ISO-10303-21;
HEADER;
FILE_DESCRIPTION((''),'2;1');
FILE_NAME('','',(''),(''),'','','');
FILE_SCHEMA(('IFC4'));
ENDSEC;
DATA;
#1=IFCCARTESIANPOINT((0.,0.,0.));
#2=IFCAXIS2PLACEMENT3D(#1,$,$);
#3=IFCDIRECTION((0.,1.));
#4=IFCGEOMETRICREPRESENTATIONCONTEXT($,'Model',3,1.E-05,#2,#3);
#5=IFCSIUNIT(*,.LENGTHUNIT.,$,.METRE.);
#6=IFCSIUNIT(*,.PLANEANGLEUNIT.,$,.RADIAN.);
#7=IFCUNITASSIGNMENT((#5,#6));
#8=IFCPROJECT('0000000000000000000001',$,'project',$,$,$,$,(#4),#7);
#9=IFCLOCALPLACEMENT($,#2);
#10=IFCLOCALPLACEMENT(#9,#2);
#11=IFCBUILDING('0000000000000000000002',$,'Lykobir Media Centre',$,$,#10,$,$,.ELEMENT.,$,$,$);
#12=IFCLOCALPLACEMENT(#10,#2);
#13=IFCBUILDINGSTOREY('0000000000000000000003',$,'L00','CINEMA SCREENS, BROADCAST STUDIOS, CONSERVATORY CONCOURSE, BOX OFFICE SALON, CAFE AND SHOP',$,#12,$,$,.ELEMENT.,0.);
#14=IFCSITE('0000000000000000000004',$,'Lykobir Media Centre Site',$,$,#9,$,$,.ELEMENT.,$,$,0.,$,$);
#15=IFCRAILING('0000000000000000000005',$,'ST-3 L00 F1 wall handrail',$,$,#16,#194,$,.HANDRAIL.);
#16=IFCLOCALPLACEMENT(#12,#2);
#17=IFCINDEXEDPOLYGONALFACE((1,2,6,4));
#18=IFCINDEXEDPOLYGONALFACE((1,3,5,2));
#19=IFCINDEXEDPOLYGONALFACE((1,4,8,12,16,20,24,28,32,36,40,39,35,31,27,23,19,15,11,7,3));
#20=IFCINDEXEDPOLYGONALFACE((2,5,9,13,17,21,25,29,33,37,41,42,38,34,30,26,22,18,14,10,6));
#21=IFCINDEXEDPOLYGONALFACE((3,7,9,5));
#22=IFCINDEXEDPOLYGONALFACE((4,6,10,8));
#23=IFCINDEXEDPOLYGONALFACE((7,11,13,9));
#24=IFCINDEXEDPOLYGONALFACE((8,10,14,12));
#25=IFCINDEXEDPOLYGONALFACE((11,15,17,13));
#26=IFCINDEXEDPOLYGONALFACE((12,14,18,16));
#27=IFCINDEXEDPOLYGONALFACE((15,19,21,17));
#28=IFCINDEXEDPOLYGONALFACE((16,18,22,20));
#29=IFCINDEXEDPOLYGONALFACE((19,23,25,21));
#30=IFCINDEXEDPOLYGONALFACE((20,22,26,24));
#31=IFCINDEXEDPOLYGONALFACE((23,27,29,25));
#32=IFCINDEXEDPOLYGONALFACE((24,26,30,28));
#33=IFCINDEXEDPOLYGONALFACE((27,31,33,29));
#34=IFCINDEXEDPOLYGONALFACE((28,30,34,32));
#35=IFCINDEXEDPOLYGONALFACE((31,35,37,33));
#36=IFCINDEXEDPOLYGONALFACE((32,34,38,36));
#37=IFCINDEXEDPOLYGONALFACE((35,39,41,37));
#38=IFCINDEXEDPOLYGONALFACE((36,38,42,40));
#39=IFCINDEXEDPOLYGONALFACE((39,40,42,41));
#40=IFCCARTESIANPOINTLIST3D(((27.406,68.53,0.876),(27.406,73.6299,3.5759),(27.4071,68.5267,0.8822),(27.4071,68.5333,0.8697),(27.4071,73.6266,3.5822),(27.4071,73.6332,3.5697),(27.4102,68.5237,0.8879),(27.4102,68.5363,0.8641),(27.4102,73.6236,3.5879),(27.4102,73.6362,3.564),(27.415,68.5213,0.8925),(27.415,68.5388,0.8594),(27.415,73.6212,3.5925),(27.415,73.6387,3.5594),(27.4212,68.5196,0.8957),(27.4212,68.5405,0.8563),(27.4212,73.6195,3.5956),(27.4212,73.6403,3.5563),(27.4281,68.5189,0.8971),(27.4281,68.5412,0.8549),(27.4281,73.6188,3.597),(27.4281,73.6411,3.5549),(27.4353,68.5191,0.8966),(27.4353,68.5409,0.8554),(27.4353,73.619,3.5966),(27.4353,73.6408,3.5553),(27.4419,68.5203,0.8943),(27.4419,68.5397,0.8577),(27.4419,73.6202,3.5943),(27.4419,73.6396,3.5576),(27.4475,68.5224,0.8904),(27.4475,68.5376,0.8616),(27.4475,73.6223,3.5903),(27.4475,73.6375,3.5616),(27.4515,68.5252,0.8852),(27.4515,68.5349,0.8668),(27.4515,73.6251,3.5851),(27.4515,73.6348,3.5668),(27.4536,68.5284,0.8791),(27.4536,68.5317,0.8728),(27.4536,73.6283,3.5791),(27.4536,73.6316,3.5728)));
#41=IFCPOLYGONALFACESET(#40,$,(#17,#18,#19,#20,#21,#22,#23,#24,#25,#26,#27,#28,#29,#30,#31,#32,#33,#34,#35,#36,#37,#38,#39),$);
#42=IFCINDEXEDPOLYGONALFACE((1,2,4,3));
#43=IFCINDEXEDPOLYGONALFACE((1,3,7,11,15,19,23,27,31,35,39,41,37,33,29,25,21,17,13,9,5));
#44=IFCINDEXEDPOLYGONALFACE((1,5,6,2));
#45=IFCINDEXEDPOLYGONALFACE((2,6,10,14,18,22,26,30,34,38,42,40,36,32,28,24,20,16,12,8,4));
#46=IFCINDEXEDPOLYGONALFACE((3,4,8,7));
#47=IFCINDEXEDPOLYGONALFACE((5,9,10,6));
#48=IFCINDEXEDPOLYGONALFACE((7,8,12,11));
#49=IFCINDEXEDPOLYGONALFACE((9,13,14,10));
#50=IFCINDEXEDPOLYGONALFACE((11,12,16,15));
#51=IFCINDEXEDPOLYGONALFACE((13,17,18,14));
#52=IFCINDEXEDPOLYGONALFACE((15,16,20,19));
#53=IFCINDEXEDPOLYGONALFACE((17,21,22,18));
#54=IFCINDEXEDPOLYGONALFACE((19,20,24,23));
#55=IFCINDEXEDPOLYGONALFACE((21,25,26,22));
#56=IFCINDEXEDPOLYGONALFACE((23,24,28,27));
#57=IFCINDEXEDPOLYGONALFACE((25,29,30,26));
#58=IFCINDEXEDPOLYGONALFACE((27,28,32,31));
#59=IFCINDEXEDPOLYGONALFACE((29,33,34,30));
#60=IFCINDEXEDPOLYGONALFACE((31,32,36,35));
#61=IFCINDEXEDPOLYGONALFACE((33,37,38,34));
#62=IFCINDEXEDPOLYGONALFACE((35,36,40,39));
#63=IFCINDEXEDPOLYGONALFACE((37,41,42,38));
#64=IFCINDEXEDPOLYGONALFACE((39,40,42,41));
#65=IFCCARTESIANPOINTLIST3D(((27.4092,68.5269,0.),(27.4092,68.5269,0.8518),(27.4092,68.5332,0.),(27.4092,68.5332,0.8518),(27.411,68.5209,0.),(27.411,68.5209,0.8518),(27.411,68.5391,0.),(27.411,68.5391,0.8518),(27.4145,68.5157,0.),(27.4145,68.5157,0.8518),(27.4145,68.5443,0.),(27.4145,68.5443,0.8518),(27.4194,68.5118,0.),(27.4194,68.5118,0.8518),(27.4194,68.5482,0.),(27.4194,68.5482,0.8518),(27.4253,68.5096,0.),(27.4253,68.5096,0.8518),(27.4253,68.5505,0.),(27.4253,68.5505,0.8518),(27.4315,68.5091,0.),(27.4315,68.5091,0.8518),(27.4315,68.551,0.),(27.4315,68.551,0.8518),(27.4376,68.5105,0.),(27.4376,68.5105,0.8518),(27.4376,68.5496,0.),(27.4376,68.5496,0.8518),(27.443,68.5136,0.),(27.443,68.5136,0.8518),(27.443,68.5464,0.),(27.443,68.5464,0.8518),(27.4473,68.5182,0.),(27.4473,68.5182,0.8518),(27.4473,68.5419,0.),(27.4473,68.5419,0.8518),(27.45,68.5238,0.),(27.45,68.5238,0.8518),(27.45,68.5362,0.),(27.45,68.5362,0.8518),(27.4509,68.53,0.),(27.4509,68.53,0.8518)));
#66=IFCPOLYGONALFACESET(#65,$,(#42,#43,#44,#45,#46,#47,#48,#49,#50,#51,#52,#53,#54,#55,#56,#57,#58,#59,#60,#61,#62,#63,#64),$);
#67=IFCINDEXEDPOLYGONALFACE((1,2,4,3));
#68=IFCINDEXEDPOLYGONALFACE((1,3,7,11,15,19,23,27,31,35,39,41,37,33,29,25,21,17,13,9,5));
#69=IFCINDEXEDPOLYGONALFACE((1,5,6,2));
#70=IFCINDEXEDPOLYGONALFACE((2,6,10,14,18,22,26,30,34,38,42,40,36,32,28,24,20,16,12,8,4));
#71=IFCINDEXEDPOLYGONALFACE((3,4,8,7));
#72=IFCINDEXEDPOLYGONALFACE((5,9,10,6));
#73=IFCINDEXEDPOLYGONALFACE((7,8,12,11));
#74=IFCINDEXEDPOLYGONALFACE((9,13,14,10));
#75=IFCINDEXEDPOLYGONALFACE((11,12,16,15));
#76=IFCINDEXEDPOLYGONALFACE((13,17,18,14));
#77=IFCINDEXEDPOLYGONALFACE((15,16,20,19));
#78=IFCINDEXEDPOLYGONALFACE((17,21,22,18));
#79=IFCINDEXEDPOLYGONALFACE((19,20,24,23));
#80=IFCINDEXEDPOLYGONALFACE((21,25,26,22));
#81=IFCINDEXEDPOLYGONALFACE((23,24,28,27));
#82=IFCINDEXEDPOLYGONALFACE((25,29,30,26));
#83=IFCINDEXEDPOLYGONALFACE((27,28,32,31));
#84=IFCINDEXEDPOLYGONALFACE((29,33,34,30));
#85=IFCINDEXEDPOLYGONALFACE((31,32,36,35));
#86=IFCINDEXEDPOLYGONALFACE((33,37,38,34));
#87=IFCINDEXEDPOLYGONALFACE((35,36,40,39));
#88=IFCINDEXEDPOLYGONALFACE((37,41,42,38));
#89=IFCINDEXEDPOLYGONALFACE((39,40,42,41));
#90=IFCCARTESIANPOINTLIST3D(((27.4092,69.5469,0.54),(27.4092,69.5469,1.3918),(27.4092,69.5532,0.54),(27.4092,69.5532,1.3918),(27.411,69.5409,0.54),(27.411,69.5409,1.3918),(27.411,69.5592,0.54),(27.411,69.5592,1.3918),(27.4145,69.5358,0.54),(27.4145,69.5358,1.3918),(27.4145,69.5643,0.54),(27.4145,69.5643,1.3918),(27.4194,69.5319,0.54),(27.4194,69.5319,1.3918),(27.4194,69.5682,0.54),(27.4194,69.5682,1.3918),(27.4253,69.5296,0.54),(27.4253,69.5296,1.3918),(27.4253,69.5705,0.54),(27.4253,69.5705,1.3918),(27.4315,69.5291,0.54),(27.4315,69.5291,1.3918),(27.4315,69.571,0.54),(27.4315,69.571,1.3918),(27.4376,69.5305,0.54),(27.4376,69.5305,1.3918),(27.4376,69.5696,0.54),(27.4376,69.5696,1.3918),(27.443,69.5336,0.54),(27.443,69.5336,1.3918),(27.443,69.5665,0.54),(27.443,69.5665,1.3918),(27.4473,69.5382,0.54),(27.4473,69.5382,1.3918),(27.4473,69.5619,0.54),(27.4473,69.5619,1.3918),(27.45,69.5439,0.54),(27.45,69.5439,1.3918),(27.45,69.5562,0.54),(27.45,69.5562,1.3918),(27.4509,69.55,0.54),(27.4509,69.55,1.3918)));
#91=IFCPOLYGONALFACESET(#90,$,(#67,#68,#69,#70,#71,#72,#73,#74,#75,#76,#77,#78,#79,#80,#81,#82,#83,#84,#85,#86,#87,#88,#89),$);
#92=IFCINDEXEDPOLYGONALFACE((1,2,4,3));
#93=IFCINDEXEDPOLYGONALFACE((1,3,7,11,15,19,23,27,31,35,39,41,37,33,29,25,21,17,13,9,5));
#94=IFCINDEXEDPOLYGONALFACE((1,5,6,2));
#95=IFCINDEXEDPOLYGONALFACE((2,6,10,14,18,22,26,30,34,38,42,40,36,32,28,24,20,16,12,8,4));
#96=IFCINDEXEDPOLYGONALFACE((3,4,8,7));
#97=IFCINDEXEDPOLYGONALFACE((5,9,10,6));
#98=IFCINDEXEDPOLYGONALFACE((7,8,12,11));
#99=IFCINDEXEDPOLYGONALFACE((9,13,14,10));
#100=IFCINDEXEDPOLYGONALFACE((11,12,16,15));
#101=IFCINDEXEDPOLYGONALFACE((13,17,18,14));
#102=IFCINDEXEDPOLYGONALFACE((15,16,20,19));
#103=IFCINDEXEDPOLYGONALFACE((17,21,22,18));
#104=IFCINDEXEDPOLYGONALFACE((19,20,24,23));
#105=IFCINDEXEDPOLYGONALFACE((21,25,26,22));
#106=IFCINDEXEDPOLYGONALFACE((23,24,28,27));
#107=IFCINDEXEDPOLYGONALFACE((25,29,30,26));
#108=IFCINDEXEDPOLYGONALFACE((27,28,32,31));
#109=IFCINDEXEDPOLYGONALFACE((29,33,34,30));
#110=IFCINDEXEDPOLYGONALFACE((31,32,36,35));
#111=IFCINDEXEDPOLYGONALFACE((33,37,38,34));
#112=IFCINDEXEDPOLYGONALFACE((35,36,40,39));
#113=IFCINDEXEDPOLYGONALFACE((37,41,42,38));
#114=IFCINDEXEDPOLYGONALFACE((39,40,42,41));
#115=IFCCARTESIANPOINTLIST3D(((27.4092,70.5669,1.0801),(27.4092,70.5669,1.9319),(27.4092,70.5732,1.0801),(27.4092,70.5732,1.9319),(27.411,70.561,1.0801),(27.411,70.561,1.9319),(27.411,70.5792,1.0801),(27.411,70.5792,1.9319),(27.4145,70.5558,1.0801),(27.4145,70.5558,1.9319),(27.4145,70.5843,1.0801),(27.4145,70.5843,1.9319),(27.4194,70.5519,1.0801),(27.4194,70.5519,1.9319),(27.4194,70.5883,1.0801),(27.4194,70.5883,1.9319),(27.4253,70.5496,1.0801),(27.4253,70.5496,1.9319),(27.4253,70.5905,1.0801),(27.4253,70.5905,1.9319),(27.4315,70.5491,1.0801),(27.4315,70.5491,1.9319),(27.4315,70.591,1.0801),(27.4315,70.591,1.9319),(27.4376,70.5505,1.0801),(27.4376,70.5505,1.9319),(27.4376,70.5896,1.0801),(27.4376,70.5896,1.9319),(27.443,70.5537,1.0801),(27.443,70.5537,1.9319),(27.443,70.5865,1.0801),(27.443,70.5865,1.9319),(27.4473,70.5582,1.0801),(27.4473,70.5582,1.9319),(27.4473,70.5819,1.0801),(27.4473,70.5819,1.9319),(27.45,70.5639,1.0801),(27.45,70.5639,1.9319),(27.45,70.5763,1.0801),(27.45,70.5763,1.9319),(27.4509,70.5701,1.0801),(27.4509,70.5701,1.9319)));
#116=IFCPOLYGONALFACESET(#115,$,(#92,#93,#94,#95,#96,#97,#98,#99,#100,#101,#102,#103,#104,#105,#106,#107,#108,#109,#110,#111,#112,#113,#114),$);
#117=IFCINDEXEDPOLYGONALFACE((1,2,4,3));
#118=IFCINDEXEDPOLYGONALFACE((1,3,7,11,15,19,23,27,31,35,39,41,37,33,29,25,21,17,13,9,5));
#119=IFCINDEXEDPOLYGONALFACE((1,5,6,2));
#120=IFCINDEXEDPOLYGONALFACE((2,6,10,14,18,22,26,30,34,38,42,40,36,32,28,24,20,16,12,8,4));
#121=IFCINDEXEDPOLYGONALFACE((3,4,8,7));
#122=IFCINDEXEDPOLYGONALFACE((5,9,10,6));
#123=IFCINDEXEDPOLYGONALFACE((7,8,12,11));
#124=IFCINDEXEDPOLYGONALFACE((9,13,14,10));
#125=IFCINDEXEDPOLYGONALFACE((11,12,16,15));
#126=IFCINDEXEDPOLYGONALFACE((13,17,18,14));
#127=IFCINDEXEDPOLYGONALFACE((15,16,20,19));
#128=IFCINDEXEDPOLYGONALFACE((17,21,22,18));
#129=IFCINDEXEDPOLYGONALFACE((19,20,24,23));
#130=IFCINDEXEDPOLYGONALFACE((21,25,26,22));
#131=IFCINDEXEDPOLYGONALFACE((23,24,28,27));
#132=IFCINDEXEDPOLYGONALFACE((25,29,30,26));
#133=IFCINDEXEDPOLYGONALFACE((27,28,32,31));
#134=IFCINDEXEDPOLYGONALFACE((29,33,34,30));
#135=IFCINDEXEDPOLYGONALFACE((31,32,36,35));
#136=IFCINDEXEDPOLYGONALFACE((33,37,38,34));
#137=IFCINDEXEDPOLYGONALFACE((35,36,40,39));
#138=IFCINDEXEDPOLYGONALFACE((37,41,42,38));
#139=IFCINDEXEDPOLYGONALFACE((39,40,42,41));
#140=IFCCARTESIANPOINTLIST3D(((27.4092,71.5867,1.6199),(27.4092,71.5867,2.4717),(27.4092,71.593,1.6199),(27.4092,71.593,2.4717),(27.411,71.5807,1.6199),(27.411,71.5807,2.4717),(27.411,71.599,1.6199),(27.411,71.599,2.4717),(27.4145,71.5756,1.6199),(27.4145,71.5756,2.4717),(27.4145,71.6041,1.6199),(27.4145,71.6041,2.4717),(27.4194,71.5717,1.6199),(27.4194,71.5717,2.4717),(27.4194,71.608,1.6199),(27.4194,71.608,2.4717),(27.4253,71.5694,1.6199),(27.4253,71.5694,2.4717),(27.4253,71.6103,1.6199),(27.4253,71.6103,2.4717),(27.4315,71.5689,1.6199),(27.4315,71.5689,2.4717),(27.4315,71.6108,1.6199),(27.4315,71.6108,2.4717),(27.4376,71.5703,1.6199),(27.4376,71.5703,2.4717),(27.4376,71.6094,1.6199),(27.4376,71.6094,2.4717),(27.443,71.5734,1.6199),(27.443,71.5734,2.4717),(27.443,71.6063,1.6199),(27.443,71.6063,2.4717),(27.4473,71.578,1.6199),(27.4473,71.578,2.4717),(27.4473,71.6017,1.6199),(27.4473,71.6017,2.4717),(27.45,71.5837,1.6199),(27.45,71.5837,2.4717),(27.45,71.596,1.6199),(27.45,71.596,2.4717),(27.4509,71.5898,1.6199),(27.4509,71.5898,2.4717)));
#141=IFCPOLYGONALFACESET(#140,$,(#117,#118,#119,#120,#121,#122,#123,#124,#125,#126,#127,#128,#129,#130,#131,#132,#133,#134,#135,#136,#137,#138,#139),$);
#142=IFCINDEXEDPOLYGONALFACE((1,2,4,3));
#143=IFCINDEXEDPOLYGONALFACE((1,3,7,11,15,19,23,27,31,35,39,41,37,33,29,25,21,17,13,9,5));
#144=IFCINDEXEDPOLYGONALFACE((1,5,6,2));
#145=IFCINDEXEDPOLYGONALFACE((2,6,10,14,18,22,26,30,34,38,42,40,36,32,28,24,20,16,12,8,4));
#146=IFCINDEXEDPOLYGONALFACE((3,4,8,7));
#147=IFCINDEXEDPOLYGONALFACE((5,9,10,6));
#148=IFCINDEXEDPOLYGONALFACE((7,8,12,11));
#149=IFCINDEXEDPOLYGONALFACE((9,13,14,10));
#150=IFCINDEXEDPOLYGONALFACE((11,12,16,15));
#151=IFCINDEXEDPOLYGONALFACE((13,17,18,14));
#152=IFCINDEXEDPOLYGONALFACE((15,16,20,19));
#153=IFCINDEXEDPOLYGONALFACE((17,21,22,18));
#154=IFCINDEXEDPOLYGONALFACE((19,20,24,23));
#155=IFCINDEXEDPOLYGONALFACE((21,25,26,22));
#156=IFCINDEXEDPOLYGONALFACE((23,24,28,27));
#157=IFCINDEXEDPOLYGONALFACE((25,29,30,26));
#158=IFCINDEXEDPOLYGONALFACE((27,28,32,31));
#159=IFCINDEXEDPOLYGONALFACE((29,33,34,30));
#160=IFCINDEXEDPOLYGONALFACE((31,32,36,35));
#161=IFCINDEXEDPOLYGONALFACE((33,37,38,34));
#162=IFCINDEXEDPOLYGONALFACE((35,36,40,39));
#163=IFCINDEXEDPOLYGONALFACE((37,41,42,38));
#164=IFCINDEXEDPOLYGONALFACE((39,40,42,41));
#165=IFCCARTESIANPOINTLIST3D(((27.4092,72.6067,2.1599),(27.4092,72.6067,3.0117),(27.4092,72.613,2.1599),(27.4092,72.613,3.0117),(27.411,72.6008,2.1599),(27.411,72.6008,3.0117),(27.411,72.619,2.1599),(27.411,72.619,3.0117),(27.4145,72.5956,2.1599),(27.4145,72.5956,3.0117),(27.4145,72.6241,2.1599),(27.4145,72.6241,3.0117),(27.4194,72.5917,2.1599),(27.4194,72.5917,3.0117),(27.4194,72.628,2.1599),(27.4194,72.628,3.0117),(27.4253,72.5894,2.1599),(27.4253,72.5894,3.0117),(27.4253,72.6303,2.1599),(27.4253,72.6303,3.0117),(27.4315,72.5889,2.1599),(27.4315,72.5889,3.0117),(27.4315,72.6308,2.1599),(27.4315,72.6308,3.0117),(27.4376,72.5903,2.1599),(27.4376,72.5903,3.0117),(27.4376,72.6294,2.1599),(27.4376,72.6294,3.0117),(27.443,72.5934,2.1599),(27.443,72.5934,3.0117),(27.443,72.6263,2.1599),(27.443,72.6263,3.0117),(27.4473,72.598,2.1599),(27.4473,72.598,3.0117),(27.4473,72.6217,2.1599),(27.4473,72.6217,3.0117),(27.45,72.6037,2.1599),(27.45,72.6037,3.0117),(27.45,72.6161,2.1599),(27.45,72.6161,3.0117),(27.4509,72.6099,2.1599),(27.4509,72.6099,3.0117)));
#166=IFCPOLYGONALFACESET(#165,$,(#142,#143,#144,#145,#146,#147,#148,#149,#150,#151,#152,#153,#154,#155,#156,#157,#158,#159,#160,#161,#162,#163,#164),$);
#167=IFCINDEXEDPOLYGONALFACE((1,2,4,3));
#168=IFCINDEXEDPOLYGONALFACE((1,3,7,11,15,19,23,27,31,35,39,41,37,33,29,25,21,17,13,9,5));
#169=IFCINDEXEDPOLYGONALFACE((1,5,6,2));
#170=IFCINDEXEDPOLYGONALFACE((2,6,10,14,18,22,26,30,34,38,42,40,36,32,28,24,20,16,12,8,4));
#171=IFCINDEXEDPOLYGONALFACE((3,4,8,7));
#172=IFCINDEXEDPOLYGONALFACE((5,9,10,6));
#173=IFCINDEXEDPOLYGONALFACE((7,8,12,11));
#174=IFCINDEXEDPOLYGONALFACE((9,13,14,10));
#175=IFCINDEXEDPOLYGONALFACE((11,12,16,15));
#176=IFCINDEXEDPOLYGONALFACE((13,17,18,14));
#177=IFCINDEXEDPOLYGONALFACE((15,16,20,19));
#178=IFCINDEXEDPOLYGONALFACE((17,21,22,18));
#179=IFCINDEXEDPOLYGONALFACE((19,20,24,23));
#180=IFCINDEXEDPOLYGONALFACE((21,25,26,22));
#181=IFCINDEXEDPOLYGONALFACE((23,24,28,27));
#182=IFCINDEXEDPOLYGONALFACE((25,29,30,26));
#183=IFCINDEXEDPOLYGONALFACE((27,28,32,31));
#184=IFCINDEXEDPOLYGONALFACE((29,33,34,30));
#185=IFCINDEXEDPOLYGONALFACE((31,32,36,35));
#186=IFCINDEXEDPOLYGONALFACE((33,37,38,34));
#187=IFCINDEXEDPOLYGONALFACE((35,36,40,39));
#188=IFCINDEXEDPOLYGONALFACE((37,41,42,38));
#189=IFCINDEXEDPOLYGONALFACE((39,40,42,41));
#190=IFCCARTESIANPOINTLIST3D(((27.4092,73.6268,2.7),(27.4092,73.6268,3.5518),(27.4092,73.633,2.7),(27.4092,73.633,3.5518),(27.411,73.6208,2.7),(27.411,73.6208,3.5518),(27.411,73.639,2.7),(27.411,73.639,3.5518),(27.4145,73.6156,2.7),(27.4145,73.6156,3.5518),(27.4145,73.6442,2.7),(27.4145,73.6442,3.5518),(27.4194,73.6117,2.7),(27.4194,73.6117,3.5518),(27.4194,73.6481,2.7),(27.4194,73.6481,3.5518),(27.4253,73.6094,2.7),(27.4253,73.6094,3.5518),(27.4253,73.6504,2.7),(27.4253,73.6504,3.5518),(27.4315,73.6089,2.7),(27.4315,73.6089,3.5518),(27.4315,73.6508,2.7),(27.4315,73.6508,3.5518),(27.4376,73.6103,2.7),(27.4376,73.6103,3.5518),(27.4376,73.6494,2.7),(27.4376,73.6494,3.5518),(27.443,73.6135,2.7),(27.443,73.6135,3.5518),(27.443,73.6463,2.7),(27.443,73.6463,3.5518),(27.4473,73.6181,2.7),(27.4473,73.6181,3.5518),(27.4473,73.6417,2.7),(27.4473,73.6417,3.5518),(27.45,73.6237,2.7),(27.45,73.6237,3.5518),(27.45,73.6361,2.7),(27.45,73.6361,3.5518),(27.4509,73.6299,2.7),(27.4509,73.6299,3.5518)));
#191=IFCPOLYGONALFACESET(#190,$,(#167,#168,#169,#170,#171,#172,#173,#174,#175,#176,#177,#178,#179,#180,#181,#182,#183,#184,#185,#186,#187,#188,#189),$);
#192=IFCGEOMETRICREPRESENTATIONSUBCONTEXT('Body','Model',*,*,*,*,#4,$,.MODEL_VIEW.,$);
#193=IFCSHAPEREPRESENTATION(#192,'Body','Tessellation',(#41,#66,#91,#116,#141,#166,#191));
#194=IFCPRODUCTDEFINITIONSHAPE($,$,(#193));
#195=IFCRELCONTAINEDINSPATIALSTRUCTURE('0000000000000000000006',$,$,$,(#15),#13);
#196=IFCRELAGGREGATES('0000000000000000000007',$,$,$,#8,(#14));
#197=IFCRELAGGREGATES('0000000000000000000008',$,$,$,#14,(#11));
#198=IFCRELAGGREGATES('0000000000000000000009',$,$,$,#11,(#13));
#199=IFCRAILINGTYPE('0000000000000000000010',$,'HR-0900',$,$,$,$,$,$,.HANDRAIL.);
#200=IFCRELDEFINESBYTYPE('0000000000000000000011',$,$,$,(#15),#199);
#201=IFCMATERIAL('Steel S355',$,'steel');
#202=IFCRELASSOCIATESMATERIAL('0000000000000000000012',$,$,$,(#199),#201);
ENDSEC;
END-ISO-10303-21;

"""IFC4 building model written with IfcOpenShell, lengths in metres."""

from ifc_helpers import new_model, si_unit, direction, frame, origin, origin_2d, place, context, subcontext, project, spatial, circle, extrude, material, type_object, element, save


model = new_model("IFC4")

# Units and contexts
model_context = context("Model", 3, precision=1e-05, world=origin(), true_north=direction((0.0, 1.0)))
body_context = subcontext(model_context, "Body", "Model", "MODEL_VIEW")
ifc_project = project(units=[si_unit("LENGTHUNIT", "METRE"), si_unit("PLANEANGLEUNIT", "RADIAN")], contexts=[model_context])

# Site, building, storey
site_placement = place(None, origin())
site = spatial("IfcSite", under=ifc_project, at=site_placement, Name="Lykobir Media Centre Site", CompositionType="ELEMENT", RefElevation=0.0)
building_placement = place(site_placement, origin())
building = spatial("IfcBuilding", under=site, at=building_placement, Name="Lykobir Media Centre", CompositionType="ELEMENT")
storey_placement = place(building_placement, origin())
storey = spatial("IfcBuildingStorey", under=building, at=storey_placement, Name="L00", Description="CINEMA SCREENS, BROADCAST STUDIOS, CONSERVATORY CONCOURSE, BOX OFFICE SALON, CAFE AND SHOP", CompositionType="ELEMENT", Elevation=0.0)

# Shared definitions
ifc_material_1 = material(Name="Steel S355", Category="steel")

# Railing
railing_type_1 = type_object("IfcRailingType", Name="HR-0900", PredefinedType="HANDRAIL", material=ifc_material_1)
railing_1_placement = place(storey_placement, frame((27.4299, 68.53, 0.0)))
element("IfcRailing", 1, at=railing_1_placement, inside=storey, type_object=railing_type_1, Name="ST-3 L00 F1 wall handrail", PredefinedType="HANDRAIL", context=body_context, shape_type="SweptSolid", body=[
    extrude(circle(Radius=0.0239, at=origin_2d()), frame((0.0, 0.0, 0.876), z_axis=(0.0, 0.883786, 0.467892), x_axis=(-1.0, 0.0, 0.0)), (0.0, 0.0, 1.0), 5.7705),
    extrude(circle(Radius=0.021, at=origin_2d()), origin(), (0.0, 0.0, 1.0), 0.8518),
    extrude(circle(Radius=0.021, at=origin_2d()), frame((0.0, 1.02, 0.54)), (0.0, 0.0, 1.0), 0.8518),
    extrude(circle(Radius=0.021, at=origin_2d()), frame((0.0, 2.04, 1.0801)), (0.0, 0.0, 1.0), 0.8518),
    extrude(circle(Radius=0.021, at=origin_2d()), frame((0.0, 3.0598, 1.6199)), (0.0, 0.0, 1.0), 0.8518),
    extrude(circle(Radius=0.021, at=origin_2d()), frame((0.0, 4.0798, 2.1599)), (0.0, 0.0, 1.0), 0.8518),
    extrude(circle(Radius=0.021, at=origin_2d()), frame((0.0, 5.0999, 2.7)), (0.0, 0.0, 1.0), 0.8518),
])

save(model, "model.ifc")
